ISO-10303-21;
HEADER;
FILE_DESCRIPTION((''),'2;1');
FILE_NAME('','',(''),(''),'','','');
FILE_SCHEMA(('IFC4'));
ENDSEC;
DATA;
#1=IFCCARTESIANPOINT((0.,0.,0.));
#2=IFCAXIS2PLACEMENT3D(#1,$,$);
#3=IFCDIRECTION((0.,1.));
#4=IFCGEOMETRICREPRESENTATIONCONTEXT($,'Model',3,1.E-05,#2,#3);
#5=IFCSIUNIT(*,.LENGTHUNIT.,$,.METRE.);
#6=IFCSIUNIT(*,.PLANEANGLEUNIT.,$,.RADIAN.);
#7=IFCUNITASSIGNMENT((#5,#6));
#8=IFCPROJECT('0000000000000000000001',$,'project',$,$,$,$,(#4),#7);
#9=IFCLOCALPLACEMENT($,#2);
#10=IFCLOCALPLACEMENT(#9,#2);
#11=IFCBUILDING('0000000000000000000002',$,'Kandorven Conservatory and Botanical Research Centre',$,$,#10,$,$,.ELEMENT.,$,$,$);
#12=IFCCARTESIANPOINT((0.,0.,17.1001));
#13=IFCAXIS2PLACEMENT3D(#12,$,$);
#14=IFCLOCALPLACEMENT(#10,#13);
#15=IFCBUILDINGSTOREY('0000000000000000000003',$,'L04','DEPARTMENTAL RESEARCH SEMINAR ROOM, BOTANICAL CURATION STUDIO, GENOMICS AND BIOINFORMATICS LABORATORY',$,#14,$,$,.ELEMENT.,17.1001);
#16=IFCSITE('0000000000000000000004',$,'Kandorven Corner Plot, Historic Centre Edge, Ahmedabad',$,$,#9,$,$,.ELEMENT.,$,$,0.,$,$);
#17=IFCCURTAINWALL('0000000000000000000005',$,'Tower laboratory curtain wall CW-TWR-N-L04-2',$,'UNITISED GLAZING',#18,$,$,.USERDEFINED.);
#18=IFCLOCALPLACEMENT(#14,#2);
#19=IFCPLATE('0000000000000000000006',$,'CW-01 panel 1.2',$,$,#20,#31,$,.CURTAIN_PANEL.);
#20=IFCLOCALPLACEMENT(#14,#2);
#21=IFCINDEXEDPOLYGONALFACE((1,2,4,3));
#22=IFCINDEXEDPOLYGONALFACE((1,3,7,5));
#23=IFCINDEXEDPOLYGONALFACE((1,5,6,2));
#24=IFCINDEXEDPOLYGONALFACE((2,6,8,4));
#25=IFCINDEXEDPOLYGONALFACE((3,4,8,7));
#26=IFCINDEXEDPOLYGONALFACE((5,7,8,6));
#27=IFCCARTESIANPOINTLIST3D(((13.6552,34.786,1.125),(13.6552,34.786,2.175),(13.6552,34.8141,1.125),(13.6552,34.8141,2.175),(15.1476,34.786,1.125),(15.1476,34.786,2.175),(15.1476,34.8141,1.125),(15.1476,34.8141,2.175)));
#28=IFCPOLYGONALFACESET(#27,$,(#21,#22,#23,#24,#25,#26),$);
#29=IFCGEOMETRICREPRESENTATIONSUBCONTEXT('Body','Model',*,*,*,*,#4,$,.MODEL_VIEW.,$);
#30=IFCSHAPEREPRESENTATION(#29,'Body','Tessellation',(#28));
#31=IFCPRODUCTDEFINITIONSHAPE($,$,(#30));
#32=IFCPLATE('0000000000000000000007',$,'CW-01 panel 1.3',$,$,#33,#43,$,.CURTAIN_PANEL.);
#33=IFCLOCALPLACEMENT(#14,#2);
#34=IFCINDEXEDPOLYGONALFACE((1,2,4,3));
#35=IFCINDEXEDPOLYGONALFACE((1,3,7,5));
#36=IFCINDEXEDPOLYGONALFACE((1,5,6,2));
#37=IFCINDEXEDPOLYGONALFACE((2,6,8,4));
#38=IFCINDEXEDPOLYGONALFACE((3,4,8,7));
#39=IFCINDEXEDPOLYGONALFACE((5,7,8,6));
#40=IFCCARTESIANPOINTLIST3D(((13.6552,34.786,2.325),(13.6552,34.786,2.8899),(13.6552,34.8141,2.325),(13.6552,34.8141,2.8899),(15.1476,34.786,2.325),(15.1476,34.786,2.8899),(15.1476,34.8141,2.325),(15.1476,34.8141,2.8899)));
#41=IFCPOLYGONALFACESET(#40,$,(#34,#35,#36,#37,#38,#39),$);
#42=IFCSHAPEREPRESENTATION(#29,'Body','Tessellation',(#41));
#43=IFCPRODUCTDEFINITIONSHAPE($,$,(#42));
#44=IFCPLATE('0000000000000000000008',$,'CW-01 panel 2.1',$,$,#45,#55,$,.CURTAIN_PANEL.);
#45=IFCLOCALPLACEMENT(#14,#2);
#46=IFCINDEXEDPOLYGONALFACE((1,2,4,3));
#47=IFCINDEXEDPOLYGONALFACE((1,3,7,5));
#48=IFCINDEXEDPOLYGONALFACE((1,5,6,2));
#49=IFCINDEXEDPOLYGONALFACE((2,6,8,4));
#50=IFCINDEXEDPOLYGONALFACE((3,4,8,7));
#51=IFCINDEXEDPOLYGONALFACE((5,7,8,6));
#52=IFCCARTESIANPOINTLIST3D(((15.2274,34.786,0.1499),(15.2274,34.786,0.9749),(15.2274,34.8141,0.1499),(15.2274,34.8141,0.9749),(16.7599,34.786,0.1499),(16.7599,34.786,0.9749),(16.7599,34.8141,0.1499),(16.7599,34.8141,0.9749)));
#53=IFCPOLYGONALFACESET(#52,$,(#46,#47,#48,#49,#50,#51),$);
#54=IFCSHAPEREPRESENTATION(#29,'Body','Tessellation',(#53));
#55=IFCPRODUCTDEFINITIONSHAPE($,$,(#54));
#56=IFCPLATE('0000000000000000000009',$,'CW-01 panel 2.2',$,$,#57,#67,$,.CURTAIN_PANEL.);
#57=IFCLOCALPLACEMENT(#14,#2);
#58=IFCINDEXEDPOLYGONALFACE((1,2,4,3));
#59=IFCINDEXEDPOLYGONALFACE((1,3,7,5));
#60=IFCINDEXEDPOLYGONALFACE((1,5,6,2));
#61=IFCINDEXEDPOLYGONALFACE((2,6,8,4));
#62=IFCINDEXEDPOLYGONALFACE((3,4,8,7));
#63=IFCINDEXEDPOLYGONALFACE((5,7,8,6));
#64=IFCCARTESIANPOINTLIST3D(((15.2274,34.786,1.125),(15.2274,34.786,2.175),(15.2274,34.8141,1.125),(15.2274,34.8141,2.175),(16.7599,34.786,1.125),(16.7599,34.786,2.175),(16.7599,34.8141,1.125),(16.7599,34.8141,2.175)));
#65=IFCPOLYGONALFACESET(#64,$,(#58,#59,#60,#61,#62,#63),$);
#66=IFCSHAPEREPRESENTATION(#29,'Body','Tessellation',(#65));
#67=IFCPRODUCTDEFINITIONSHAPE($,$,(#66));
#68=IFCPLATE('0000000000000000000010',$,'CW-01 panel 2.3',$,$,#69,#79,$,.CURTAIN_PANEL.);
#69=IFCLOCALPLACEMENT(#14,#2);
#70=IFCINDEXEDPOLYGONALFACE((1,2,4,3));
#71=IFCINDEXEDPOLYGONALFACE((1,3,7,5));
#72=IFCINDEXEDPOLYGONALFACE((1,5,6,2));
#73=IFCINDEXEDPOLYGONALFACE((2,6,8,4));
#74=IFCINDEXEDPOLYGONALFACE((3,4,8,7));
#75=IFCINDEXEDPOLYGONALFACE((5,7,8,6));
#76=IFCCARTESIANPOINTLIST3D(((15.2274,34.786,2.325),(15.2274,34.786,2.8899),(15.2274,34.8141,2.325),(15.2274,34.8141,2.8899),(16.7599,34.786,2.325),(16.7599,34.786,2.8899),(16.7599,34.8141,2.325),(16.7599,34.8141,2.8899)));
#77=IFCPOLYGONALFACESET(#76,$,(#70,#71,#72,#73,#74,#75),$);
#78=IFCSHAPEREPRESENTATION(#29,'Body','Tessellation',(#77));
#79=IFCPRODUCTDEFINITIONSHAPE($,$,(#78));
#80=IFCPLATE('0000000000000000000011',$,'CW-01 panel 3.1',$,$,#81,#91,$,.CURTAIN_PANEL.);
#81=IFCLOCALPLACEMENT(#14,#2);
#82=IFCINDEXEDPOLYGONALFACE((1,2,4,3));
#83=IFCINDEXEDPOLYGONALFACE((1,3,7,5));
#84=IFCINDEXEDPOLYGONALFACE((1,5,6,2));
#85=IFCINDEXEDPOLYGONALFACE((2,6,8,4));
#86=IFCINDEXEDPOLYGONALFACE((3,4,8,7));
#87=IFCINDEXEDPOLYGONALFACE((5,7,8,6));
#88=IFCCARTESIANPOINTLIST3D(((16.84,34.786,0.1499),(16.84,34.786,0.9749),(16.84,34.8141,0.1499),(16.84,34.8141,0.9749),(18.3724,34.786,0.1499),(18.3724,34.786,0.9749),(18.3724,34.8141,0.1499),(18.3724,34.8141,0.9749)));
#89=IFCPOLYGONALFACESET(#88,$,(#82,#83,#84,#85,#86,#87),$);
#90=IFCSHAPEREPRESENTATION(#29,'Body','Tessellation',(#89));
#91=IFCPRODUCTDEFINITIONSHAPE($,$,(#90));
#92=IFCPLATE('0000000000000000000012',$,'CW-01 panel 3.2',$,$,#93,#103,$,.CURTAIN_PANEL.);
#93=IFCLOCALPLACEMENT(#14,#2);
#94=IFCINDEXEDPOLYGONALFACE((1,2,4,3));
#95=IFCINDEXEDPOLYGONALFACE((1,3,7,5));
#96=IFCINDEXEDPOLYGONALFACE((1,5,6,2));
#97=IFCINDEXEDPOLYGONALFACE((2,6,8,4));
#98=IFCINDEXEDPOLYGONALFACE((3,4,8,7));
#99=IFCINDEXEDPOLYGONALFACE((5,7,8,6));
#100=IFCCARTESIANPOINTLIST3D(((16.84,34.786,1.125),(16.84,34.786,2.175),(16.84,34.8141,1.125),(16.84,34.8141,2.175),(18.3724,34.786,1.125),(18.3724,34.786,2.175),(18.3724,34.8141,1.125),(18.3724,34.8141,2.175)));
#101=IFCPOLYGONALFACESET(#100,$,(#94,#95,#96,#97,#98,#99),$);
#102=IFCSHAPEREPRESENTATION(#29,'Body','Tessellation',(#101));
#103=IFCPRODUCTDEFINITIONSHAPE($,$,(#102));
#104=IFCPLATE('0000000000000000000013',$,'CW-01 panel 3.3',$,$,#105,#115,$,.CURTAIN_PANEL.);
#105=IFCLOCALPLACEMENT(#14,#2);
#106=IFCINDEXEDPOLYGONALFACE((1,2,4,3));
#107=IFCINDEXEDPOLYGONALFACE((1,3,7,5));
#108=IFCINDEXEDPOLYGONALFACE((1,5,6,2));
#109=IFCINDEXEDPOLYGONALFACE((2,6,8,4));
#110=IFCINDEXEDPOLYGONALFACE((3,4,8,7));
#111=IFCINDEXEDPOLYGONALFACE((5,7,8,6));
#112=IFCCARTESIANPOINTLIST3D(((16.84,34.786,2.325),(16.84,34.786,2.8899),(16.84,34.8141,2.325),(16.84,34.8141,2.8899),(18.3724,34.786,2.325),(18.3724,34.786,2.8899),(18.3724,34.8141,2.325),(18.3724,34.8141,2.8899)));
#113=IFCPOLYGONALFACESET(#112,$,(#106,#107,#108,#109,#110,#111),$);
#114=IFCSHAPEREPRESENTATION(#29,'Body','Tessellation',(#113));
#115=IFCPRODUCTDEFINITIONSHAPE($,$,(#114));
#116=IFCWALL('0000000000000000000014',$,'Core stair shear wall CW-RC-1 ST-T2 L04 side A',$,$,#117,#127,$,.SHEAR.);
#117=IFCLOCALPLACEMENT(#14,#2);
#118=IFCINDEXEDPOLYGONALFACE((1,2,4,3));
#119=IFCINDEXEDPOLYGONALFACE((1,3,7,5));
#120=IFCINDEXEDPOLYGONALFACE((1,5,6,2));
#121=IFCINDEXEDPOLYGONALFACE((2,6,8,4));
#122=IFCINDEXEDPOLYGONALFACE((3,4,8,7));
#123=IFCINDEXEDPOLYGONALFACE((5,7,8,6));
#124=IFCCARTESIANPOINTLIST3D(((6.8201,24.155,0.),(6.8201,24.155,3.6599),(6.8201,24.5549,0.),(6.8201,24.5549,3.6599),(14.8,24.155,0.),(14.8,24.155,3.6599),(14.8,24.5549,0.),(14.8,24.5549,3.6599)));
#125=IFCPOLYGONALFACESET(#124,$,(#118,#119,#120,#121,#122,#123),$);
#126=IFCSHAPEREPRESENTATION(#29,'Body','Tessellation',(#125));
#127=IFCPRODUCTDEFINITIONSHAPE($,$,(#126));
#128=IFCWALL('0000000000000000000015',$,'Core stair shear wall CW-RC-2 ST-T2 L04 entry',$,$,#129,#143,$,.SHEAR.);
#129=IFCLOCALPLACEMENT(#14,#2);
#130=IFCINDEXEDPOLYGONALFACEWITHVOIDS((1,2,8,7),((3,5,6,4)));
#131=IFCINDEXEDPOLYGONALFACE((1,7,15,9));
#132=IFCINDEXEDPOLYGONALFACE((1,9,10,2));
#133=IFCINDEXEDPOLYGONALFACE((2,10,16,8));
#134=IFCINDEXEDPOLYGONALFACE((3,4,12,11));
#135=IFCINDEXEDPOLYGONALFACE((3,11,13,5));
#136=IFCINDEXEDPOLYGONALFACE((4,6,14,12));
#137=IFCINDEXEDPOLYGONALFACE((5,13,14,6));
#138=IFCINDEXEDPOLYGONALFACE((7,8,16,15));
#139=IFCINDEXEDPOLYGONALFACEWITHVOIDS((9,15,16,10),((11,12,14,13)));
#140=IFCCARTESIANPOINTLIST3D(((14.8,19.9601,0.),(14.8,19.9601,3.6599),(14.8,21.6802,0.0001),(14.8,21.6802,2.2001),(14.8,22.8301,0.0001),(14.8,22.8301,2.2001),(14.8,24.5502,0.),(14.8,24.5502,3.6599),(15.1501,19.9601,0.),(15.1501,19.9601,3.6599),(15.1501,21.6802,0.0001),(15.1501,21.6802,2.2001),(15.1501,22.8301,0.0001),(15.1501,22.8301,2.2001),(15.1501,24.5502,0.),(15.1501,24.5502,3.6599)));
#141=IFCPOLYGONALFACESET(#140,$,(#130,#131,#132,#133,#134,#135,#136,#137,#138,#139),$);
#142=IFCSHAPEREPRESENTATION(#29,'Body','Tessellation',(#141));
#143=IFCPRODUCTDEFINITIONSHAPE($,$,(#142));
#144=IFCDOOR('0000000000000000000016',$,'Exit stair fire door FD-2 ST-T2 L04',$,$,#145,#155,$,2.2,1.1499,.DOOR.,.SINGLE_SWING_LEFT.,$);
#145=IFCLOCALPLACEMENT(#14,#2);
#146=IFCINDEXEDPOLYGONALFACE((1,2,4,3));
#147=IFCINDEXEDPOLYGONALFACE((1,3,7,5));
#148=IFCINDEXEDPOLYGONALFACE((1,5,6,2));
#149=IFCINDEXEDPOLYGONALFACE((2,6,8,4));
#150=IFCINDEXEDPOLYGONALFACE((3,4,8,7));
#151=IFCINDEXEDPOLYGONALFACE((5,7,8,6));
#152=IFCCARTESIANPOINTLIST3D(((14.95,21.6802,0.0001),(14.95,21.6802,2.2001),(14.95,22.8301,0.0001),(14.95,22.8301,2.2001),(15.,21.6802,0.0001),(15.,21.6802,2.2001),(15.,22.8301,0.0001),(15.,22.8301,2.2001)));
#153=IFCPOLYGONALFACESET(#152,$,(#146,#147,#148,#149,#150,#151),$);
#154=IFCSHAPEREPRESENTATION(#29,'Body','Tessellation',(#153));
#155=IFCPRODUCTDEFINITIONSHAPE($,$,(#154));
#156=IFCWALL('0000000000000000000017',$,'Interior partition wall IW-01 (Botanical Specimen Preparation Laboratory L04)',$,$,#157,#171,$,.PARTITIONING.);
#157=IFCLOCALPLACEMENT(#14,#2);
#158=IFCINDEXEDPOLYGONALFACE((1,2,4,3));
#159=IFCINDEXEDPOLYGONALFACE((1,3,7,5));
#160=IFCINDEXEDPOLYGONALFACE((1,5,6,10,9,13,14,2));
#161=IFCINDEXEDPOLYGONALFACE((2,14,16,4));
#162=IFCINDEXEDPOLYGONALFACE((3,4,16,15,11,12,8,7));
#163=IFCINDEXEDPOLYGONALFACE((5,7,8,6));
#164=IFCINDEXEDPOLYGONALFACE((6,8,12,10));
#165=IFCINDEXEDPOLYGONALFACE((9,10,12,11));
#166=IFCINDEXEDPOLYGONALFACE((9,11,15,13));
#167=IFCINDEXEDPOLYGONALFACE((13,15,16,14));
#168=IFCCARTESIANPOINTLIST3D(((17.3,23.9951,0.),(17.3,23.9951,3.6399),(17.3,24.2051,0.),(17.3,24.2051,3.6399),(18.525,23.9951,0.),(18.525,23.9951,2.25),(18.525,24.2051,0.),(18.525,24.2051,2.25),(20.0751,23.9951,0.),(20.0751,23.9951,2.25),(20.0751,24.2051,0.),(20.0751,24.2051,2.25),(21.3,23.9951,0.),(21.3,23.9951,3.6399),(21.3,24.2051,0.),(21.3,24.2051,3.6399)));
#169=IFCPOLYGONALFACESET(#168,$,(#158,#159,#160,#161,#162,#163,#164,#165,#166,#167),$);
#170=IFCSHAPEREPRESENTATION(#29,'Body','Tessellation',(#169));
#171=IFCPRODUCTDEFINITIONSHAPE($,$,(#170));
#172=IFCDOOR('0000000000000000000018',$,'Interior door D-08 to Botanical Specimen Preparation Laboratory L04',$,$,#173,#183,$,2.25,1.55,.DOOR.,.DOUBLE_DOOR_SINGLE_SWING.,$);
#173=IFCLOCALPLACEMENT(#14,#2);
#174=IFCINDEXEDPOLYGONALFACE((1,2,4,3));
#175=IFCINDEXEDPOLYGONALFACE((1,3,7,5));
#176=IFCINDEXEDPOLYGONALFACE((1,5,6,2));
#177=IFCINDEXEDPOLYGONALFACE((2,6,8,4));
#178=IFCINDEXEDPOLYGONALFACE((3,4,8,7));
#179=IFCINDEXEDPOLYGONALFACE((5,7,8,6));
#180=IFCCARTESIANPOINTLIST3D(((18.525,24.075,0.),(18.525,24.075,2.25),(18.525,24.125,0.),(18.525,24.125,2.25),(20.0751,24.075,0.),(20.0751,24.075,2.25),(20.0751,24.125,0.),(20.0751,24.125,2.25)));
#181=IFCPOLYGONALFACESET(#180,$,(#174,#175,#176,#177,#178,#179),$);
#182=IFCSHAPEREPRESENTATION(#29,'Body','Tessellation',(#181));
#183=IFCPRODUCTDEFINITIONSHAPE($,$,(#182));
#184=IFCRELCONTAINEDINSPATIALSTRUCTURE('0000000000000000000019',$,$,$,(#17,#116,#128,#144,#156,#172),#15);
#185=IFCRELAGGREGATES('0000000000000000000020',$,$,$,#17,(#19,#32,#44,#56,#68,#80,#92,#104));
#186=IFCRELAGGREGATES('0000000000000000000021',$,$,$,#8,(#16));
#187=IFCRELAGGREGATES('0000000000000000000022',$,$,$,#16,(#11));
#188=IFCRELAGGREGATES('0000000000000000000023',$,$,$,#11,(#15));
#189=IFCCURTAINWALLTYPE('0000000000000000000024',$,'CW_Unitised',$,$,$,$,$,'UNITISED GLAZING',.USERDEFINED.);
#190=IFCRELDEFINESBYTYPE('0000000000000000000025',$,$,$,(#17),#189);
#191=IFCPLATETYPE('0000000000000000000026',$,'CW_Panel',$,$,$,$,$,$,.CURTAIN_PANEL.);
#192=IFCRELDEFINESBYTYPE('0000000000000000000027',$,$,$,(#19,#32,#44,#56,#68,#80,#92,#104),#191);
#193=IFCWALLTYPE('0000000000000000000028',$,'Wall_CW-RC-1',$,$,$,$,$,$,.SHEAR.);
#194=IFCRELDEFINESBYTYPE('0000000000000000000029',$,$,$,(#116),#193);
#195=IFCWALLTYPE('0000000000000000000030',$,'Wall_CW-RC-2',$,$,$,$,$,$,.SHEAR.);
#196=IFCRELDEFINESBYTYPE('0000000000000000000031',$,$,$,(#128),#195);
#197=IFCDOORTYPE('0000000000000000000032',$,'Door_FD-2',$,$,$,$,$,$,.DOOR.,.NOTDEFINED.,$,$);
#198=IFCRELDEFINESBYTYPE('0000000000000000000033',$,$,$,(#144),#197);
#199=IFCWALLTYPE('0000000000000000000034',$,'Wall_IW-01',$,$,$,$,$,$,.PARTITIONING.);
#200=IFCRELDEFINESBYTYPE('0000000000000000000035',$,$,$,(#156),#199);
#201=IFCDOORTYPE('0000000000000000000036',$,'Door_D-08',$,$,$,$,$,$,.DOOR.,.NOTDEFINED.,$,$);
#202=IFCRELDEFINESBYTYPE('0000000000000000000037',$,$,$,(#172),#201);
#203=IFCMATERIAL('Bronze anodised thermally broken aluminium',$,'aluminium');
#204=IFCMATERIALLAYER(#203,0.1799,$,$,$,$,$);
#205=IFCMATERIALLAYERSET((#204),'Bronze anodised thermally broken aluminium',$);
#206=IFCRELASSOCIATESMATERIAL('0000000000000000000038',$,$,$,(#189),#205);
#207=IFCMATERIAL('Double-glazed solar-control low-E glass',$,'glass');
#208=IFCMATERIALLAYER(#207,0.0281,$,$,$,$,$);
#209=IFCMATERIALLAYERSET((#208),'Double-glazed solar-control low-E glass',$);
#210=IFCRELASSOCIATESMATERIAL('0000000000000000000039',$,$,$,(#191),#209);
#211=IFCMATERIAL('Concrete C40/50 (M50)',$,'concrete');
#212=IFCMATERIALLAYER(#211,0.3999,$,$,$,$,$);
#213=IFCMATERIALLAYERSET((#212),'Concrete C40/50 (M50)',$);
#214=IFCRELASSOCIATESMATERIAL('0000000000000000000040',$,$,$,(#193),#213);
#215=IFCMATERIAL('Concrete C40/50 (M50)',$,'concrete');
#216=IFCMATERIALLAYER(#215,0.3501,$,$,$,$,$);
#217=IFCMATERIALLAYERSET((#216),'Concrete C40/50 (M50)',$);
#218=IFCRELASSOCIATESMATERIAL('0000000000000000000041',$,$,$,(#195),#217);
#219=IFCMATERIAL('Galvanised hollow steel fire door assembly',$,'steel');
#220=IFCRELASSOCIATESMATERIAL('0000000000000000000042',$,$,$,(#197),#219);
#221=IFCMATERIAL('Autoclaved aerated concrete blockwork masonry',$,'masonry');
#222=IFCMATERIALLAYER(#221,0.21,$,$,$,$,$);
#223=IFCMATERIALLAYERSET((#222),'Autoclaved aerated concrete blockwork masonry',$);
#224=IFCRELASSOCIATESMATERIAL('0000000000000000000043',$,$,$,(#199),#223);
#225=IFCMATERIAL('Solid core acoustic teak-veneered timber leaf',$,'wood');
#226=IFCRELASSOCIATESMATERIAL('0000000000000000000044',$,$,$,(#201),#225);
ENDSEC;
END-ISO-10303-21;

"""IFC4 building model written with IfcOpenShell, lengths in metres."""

from ifc_helpers import new_model, si_unit, direction, frame, frame_2d, origin, origin_2d, place, context, subcontext, project, spatial, rectangle, extrude, material, layer, layer_set, type_object, element, fill, aggregate, save


model = new_model("IFC4")

# Units and contexts
model_context = context("Model", 3, precision=1e-05, world=origin(), true_north=direction((0.0, 1.0)))
body_context = subcontext(model_context, "Body", "Model", "MODEL_VIEW")
ifc_project = project(units=[si_unit("LENGTHUNIT", "METRE"), si_unit("PLANEANGLEUNIT", "RADIAN")], contexts=[model_context])

# Site, building, storey
site_placement = place(None, origin())
site = spatial("IfcSite", under=ifc_project, at=site_placement, Name="Kandorven Corner Plot, Historic Centre Edge, Ahmedabad", CompositionType="ELEMENT", RefElevation=0.0)
building_placement = place(site_placement, origin())
building = spatial("IfcBuilding", under=site, at=building_placement, Name="Kandorven Conservatory and Botanical Research Centre", CompositionType="ELEMENT")
storey_placement = place(building_placement, frame((0.0, 0.0, 17.1001)))
storey = spatial("IfcBuildingStorey", under=building, at=storey_placement, Name="L04", Description="DEPARTMENTAL RESEARCH SEMINAR ROOM, BOTANICAL CURATION STUDIO, GENOMICS AND BIOINFORMATICS LABORATORY", CompositionType="ELEMENT", Elevation=17.1001)

# Curtain wall, plates
ifc_material_1 = material(Name="Bronze anodised thermally broken aluminium", Category="aluminium")
ifc_layer_1 = layer(ifc_material_1, 0.1799)
ifc_layer_set_1 = layer_set([ifc_layer_1], Name="Bronze anodised thermally broken aluminium")
curtain_wall_type = type_object("IfcCurtainWallType", Name="CW_Unitised", ElementType="UNITISED GLAZING", PredefinedType="USERDEFINED", material=ifc_layer_set_1)
curtain_wall_placement = place(storey_placement, origin())
curtain_wall = element("IfcCurtainWall", 1, at=curtain_wall_placement, inside=storey, type_object=curtain_wall_type, Name="Tower laboratory curtain wall CW-TWR-N-L04-2", ObjectType="UNITISED GLAZING", PredefinedType="USERDEFINED")
ifc_material_2 = material(Name="Double-glazed solar-control low-E glass", Category="glass")
ifc_layer_2 = layer(ifc_material_2, 0.0281)
ifc_layer_set_2 = layer_set([ifc_layer_2], Name="Double-glazed solar-control low-E glass")
plate_type = type_object("IfcPlateType", Name="CW_Panel", PredefinedType="CURTAIN_PANEL", material=ifc_layer_set_2)
plate_1_placement = place(storey_placement, frame((14.4014, 34.8, 1.125), z_axis=(0.0, 0.0, 1.0), x_axis=(1.0, 0.0, 0.0)))
plate_1 = element("IfcPlate", 2, at=plate_1_placement, type_object=plate_type, Name="CW-01 panel 1.2", PredefinedType="CURTAIN_PANEL", context=body_context, shape_type="SweptSolid", body=[
    extrude(rectangle(XDim=1.4924, YDim=0.0281, at=origin_2d()), origin(), (0.0, 0.0, 1.0), 1.05),
])
plate_2_placement = place(storey_placement, frame((14.4014, 34.8, 2.325), z_axis=(0.0, 0.0, 1.0), x_axis=(1.0, 0.0, 0.0)))
plate_2 = element("IfcPlate", 3, at=plate_2_placement, type_object=plate_type, Name="CW-01 panel 1.3", PredefinedType="CURTAIN_PANEL", context=body_context, shape_type="SweptSolid", body=[
    extrude(rectangle(XDim=1.4924, YDim=0.0281, at=origin_2d()), origin(), (0.0, 0.0, 1.0), 0.5649),
])
plate_3_placement = place(storey_placement, frame((15.9937, 34.8, 0.1499), z_axis=(0.0, 0.0, 1.0), x_axis=(1.0, 0.0, 0.0)))
plate_3 = element("IfcPlate", 4, at=plate_3_placement, type_object=plate_type, Name="CW-01 panel 2.1", PredefinedType="CURTAIN_PANEL", context=body_context, shape_type="SweptSolid", body=[
    extrude(rectangle(XDim=1.5325, YDim=0.0281, at=origin_2d()), origin(), (0.0, 0.0, 1.0), 0.825),
])
plate_4_placement = place(storey_placement, frame((15.9937, 34.8, 1.125), z_axis=(0.0, 0.0, 1.0), x_axis=(1.0, 0.0, 0.0)))
plate_4 = element("IfcPlate", 5, at=plate_4_placement, type_object=plate_type, Name="CW-01 panel 2.2", PredefinedType="CURTAIN_PANEL", context=body_context, shape_type="SweptSolid", body=[
    extrude(rectangle(XDim=1.5325, YDim=0.0281, at=origin_2d()), origin(), (0.0, 0.0, 1.0), 1.05),
])
plate_5_placement = place(storey_placement, frame((15.9937, 34.8, 2.325), z_axis=(0.0, 0.0, 1.0), x_axis=(1.0, 0.0, 0.0)))
plate_5 = element("IfcPlate", 6, at=plate_5_placement, type_object=plate_type, Name="CW-01 panel 2.3", PredefinedType="CURTAIN_PANEL", context=body_context, shape_type="SweptSolid", body=[
    extrude(rectangle(XDim=1.5325, YDim=0.0281, at=origin_2d()), origin(), (0.0, 0.0, 1.0), 0.5649),
])
plate_6_placement = place(storey_placement, frame((17.6062, 34.8, 0.1499), z_axis=(0.0, 0.0, 1.0), x_axis=(1.0, 0.0, 0.0)))
plate_6 = element("IfcPlate", 7, at=plate_6_placement, type_object=plate_type, Name="CW-01 panel 3.1", PredefinedType="CURTAIN_PANEL", context=body_context, shape_type="SweptSolid", body=[
    extrude(rectangle(XDim=1.5325, YDim=0.0281, at=origin_2d()), origin(), (0.0, 0.0, 1.0), 0.825),
])
plate_7_placement = place(storey_placement, frame((17.6062, 34.8, 1.125), z_axis=(0.0, 0.0, 1.0), x_axis=(1.0, 0.0, 0.0)))
plate_7 = element("IfcPlate", 8, at=plate_7_placement, type_object=plate_type, Name="CW-01 panel 3.2", PredefinedType="CURTAIN_PANEL", context=body_context, shape_type="SweptSolid", body=[
    extrude(rectangle(XDim=1.5325, YDim=0.0281, at=origin_2d()), origin(), (0.0, 0.0, 1.0), 1.05),
])
plate_8_placement = place(storey_placement, frame((17.6062, 34.8, 2.325), z_axis=(0.0, 0.0, 1.0), x_axis=(1.0, 0.0, 0.0)))
plate_8 = element("IfcPlate", 9, at=plate_8_placement, type_object=plate_type, Name="CW-01 panel 3.3", PredefinedType="CURTAIN_PANEL", context=body_context, shape_type="SweptSolid", body=[
    extrude(rectangle(XDim=1.5325, YDim=0.0281, at=origin_2d()), origin(), (0.0, 0.0, 1.0), 0.5649),
])
aggregate(curtain_wall, [plate_1, plate_2, plate_3, plate_4, plate_5, plate_6, plate_7, plate_8])

# Wall
ifc_material_3 = material(Name="Concrete C40/50 (M50)", Category="concrete")
ifc_layer_3 = layer(ifc_material_3, 0.3999)
ifc_layer_set_3 = layer_set([ifc_layer_3], Name="Concrete C40/50 (M50)")
wall_type_1 = type_object("IfcWallType", Name="Wall_CW-RC-1", PredefinedType="SHEAR", material=ifc_layer_set_3)
wall_1_placement = place(storey_placement, frame((14.8, 24.355, 0.0), z_axis=(0.0, 0.0, 1.0), x_axis=(-1.0, 0.0, 0.0)))
element("IfcWall", 10, at=wall_1_placement, inside=storey, type_object=wall_type_1, Name="Core stair shear wall CW-RC-1 ST-T2 L04 side A", PredefinedType="SHEAR", context=body_context, shape_type="SweptSolid", body=[
    extrude(rectangle(XDim=7.98, YDim=0.3999, at=frame_2d((3.99, 0.0))), origin(), (0.0, 0.0, 1.0), 3.6599),
])

# Walls, openings, doors
ifc_material_4 = material(Name="Concrete C40/50 (M50)", Category="concrete")
ifc_layer_4 = layer(ifc_material_4, 0.3501)
ifc_layer_set_4 = layer_set([ifc_layer_4], Name="Concrete C40/50 (M50)")
wall_type_2 = type_object("IfcWallType", Name="Wall_CW-RC-2", PredefinedType="SHEAR", material=ifc_layer_set_4)
wall_2_placement = place(storey_placement, frame((14.9751, 24.55, 0.0), z_axis=(0.0, 0.0, 1.0), x_axis=(0.0, -1.0, 0.0)))
wall_2 = element("IfcWall", 11, at=wall_2_placement, inside=storey, type_object=wall_type_2, Name="Core stair shear wall CW-RC-2 ST-T2 L04 entry", PredefinedType="SHEAR", context=body_context, shape_type="SweptSolid", body=[
    extrude(rectangle(XDim=4.5901, YDim=0.3501, at=frame_2d((2.2949, 0.0))), origin(), (0.0, 0.0, 1.0), 3.6599),
])
opening_1_placement = place(wall_2_placement, frame((1.72, 0.0, 0.0)))
opening_1 = element("IfcOpeningElement", 12, at=opening_1_placement, cuts=wall_2, PredefinedType="OPENING", context=body_context, shape_type="SweptSolid", body=[
    extrude(rectangle(XDim=1.1499, YDim=2.2, at=frame_2d((0.575, 1.1001))), frame((0.0, 0.1851, 0.0), z_axis=(0.0, -1.0, 0.0), x_axis=(1.0, 0.0, 0.0)), (0.0, 0.0, 1.0), 0.3701),
])
ifc_material_5 = material(Name="Galvanised hollow steel fire door assembly", Category="steel")
door_type_1 = type_object("IfcDoorType", Name="Door_FD-2", OperationType="NOTDEFINED", PredefinedType="DOOR", material=ifc_material_5)
door_1_placement = place(opening_1_placement, origin())
door_1 = element("IfcDoor", 13, at=door_1_placement, inside=storey, type_object=door_type_1, Name="Exit stair fire door FD-2 ST-T2 L04", OperationType="SINGLE_SWING_LEFT", OverallHeight=2.2, OverallWidth=1.1499, PredefinedType="DOOR", context=body_context, shape_type="SweptSolid", body=[
    extrude(rectangle(XDim=1.1499, YDim=2.2, at=frame_2d((0.575, 1.1001))), frame((0.0, 0.0249, 0.0), z_axis=(0.0, -1.0, 0.0), x_axis=(1.0, 0.0, 0.0)), (0.0, 0.0, 1.0), 0.05),
])
fill(opening_1, door_1)
ifc_material_6 = material(Name="Autoclaved aerated concrete blockwork masonry", Category="masonry")
ifc_layer_5 = layer(ifc_material_6, 0.21)
ifc_layer_set_5 = layer_set([ifc_layer_5], Name="Autoclaved aerated concrete blockwork masonry")
wall_type_3 = type_object("IfcWallType", Name="Wall_IW-01", PredefinedType="PARTITIONING", material=ifc_layer_set_5)
wall_3_placement = place(storey_placement, frame((17.3, 24.1001, 0.0), z_axis=(0.0, 0.0, 1.0), x_axis=(1.0, 0.0, 0.0)))
wall_3 = element("IfcWall", 14, at=wall_3_placement, inside=storey, type_object=wall_type_3, Name="Interior partition wall IW-01 (Botanical Specimen Preparation Laboratory L04)", PredefinedType="PARTITIONING", context=body_context, shape_type="SweptSolid", body=[
    extrude(rectangle(XDim=4.0, YDim=0.21, at=frame_2d((2.0, 0.0))), origin(), (0.0, 0.0, 1.0), 3.6399),
])
opening_2_placement = place(wall_3_placement, frame((1.2251, 0.0, 0.0)))
opening_2 = element("IfcOpeningElement", 15, at=opening_2_placement, cuts=wall_3, PredefinedType="OPENING", context=body_context, shape_type="SweptSolid", body=[
    extrude(rectangle(XDim=1.55, YDim=2.25, at=frame_2d((0.7749, 1.125))), frame((0.0, 0.115, 0.0), z_axis=(0.0, -1.0, 0.0), x_axis=(1.0, 0.0, 0.0)), (0.0, 0.0, 1.0), 0.23),
])
ifc_material_7 = material(Name="Solid core acoustic teak-veneered timber leaf", Category="wood")
door_type_2 = type_object("IfcDoorType", Name="Door_D-08", OperationType="NOTDEFINED", PredefinedType="DOOR", material=ifc_material_7)
door_2_placement = place(opening_2_placement, origin())
door_2 = element("IfcDoor", 16, at=door_2_placement, inside=storey, type_object=door_type_2, Name="Interior door D-08 to Botanical Specimen Preparation Laboratory L04", OperationType="DOUBLE_DOOR_SINGLE_SWING", OverallHeight=2.25, OverallWidth=1.55, PredefinedType="DOOR", context=body_context, shape_type="SweptSolid", body=[
    extrude(rectangle(XDim=1.55, YDim=2.25, at=frame_2d((0.7749, 1.125))), frame((0.0, 0.0249, 0.0), z_axis=(0.0, -1.0, 0.0), x_axis=(1.0, 0.0, 0.0)), (0.0, 0.0, 1.0), 0.05),
])
fill(opening_2, door_2)

save(model, "model.ifc")
